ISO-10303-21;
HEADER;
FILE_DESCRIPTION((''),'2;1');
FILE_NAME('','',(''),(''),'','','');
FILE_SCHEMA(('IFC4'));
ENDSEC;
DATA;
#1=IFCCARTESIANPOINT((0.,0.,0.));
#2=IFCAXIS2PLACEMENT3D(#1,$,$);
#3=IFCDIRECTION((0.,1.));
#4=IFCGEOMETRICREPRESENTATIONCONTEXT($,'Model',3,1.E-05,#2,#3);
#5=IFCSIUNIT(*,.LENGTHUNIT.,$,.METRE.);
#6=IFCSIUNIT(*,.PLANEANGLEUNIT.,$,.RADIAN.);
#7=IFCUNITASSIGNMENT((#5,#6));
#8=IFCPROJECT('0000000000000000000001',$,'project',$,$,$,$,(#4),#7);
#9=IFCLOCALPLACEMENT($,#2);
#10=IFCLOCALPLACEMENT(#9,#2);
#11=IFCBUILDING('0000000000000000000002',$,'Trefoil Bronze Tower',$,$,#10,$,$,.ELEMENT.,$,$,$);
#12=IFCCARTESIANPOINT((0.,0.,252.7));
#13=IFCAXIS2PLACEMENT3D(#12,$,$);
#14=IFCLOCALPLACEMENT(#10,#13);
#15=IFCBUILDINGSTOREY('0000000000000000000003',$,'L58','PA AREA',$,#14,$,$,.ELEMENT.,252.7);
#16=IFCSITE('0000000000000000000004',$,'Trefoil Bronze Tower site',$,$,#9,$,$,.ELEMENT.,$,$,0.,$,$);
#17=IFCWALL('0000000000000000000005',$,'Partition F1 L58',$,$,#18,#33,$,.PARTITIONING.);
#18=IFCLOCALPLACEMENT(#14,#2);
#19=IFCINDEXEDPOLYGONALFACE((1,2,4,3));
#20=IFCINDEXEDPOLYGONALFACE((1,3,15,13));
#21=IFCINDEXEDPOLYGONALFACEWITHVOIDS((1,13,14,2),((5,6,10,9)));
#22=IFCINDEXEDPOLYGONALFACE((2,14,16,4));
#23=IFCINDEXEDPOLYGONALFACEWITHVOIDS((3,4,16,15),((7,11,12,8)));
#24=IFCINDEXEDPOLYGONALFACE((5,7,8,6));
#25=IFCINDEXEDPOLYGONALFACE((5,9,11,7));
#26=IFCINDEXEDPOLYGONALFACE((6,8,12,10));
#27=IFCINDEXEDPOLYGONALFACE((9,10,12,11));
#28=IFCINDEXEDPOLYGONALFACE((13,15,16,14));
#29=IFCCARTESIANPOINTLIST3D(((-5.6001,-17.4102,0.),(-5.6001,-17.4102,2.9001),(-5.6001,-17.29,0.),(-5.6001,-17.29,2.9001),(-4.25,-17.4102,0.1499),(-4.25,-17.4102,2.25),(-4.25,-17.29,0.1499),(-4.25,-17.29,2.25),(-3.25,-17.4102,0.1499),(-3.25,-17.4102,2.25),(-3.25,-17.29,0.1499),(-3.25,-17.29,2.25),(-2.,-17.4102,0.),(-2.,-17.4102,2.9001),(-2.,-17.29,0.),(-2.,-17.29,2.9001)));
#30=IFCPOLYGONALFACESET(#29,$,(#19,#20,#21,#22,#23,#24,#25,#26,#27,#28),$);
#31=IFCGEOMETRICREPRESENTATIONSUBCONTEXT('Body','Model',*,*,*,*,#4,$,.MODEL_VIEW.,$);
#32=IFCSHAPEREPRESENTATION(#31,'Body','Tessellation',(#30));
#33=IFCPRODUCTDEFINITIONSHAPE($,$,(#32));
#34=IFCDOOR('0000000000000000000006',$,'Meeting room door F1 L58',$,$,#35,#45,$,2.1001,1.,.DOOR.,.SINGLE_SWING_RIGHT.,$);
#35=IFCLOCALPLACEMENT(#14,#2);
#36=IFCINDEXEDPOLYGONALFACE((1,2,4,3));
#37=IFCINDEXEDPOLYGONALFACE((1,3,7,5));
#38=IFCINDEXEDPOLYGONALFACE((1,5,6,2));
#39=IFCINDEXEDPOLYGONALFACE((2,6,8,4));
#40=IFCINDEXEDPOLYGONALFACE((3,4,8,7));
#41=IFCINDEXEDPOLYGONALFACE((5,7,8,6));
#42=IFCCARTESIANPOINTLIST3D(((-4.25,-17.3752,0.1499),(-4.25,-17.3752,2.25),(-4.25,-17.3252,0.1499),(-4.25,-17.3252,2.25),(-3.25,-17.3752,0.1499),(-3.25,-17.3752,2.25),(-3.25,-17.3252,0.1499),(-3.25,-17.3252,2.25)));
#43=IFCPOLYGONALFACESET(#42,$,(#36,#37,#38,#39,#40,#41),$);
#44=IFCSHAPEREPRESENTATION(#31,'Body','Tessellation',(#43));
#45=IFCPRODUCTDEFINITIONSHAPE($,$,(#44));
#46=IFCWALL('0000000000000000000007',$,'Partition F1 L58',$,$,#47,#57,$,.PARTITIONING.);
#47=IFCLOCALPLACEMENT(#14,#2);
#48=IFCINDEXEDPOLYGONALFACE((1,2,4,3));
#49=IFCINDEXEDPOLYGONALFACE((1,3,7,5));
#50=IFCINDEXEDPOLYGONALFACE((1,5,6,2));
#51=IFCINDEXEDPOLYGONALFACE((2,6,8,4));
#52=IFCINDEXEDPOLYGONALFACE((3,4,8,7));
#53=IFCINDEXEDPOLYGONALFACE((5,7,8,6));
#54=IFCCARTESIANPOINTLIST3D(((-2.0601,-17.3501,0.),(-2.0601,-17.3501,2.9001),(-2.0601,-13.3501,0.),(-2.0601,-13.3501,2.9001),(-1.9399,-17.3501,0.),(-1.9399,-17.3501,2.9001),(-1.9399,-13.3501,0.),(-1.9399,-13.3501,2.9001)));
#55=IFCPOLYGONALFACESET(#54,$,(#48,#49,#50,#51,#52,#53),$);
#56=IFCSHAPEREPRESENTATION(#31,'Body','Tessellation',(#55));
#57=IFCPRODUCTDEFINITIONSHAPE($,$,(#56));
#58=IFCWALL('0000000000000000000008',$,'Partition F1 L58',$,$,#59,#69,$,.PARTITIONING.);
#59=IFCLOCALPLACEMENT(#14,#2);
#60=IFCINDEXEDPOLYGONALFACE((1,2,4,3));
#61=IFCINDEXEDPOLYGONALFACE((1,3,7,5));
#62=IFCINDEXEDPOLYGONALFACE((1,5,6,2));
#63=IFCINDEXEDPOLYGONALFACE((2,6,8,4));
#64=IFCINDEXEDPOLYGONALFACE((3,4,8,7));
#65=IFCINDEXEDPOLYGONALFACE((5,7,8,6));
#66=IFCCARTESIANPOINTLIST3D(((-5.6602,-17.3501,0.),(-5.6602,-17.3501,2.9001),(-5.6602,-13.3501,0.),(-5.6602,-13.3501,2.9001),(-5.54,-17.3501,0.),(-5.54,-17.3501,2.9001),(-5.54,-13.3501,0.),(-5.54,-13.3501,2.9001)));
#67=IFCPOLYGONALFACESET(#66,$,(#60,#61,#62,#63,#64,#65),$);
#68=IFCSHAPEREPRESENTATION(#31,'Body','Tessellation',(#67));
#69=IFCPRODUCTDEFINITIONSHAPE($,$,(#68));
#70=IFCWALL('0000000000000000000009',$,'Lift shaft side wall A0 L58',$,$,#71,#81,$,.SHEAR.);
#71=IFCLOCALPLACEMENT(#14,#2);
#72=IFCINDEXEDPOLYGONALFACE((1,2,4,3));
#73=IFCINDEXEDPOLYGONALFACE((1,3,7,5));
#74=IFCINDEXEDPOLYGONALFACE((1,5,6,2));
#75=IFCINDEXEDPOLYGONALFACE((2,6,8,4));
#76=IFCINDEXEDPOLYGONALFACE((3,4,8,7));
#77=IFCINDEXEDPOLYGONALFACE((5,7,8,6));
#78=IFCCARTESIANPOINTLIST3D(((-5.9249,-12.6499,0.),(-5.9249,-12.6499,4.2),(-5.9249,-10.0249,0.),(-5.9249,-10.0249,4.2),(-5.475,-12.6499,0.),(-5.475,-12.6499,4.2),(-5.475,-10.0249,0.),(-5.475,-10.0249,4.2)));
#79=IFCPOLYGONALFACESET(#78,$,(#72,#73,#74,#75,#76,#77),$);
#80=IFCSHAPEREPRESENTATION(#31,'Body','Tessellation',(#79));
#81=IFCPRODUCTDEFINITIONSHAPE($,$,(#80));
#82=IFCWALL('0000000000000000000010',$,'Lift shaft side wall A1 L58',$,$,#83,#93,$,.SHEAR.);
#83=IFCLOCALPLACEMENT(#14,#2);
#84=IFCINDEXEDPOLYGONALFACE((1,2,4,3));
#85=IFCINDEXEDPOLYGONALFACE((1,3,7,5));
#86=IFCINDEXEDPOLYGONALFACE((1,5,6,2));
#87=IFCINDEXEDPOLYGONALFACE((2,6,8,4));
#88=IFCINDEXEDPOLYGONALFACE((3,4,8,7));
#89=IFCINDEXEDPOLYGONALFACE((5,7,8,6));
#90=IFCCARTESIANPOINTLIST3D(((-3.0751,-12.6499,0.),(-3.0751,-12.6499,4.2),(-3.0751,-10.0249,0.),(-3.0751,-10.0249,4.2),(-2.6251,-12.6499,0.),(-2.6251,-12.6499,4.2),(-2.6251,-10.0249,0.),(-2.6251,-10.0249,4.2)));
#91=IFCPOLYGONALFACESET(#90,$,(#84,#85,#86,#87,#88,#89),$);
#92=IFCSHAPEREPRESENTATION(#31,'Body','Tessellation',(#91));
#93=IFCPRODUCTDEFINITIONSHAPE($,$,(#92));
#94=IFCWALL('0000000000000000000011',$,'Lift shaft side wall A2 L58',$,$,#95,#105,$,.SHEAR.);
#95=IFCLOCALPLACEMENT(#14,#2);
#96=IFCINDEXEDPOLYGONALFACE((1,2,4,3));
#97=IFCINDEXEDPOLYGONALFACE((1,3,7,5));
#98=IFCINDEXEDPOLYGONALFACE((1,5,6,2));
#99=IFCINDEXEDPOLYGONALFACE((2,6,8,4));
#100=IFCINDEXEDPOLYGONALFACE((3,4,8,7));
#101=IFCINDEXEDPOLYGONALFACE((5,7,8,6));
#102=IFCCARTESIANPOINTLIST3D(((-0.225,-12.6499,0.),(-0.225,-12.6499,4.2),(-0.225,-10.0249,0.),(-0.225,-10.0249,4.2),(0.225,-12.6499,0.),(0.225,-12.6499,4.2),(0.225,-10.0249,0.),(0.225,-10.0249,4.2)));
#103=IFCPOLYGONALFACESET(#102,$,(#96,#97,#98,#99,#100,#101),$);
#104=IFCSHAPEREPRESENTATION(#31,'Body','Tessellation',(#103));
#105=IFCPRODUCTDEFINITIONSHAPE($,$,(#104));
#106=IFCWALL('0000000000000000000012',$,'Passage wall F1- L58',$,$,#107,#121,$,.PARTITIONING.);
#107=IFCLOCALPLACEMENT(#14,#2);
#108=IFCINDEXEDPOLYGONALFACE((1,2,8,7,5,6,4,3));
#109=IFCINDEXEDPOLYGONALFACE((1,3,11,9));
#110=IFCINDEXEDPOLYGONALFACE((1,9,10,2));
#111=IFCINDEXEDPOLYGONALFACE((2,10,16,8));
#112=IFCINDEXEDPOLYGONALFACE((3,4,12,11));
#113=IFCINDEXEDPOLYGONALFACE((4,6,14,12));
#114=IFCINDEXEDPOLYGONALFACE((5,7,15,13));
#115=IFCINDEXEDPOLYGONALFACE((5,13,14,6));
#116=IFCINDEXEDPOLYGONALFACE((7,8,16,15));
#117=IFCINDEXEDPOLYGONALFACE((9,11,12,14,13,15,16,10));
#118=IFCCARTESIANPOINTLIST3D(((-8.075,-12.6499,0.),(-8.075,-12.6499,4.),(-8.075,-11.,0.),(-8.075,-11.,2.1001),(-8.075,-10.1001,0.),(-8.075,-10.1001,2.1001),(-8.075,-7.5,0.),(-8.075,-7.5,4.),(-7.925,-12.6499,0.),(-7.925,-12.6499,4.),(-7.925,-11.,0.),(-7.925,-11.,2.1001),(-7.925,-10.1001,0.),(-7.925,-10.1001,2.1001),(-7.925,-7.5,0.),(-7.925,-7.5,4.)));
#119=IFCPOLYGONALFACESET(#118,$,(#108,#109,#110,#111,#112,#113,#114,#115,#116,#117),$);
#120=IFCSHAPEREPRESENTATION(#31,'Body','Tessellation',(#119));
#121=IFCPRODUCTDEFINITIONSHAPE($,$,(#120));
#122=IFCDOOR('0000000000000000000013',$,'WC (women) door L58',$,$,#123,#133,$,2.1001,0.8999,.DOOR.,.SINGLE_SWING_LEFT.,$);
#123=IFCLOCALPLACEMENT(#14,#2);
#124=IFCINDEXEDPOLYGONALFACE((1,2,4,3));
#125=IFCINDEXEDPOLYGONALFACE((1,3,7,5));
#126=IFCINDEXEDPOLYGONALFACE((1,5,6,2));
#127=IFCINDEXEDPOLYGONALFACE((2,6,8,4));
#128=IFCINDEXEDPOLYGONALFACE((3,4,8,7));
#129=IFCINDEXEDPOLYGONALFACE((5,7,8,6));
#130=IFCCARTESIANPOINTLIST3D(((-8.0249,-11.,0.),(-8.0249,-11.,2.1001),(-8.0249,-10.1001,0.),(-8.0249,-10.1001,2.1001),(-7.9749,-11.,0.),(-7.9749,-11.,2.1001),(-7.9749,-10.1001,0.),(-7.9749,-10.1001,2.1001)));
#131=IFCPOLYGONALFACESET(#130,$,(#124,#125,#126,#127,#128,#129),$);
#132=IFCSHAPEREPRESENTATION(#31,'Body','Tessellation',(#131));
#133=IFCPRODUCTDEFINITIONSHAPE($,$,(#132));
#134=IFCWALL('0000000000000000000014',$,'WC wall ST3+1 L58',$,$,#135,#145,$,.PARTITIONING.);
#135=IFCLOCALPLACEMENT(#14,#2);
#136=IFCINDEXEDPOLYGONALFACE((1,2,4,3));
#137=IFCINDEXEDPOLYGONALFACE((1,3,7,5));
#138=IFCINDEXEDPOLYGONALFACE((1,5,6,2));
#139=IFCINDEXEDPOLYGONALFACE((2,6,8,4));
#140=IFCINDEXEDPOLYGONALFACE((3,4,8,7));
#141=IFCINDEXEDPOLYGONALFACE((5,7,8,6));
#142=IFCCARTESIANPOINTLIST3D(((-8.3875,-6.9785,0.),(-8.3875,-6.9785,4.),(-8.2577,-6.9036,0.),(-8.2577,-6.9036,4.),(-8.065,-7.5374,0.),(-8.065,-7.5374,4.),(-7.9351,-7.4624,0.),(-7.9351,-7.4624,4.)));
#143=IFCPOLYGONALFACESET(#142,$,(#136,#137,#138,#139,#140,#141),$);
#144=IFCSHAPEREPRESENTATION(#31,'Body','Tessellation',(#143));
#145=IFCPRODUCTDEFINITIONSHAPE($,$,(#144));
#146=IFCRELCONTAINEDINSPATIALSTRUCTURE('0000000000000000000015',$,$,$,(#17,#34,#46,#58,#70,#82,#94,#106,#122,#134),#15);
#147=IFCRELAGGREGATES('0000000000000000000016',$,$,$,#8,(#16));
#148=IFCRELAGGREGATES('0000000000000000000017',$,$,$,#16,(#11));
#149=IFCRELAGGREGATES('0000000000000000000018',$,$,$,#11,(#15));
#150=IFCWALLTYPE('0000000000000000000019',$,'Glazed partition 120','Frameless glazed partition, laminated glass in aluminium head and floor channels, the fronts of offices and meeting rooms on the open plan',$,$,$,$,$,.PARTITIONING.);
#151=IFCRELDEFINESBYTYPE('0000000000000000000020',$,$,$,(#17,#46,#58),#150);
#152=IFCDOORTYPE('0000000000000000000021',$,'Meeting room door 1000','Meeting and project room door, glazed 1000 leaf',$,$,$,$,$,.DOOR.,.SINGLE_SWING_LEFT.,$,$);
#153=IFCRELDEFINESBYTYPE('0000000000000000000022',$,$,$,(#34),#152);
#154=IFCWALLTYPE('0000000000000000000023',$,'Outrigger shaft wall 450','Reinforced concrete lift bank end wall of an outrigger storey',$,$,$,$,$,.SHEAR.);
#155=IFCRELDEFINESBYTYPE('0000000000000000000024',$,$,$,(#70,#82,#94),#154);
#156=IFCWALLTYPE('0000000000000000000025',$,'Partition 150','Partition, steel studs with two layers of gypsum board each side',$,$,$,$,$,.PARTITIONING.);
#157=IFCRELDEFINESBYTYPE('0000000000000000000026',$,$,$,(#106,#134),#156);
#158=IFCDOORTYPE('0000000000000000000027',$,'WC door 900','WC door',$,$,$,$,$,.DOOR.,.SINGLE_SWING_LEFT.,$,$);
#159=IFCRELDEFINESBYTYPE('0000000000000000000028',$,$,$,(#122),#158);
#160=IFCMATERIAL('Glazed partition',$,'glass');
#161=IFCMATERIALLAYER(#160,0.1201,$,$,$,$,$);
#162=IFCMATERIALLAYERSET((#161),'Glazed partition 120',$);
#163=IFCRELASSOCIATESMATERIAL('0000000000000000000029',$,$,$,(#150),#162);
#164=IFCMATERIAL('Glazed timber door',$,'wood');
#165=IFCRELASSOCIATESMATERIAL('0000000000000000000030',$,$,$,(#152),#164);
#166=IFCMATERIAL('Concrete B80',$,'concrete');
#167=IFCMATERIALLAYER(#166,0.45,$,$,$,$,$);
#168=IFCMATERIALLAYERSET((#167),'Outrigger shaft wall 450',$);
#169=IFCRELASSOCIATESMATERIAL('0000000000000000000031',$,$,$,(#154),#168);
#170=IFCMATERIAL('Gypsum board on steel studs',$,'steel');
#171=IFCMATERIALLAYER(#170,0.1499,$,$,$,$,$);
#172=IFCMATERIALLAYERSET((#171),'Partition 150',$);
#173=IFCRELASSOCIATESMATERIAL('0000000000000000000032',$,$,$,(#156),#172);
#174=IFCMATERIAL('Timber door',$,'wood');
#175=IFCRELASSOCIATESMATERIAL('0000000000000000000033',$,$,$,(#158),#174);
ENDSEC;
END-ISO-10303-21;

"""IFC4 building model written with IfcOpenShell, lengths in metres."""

from ifc_helpers import new_model, si_unit, direction, frame, frame_2d, origin, place, context, subcontext, project, spatial, rectangle, extrude, material, layer, layer_set, type_object, element, fill, save


model = new_model("IFC4")

# Units and contexts
model_context = context("Model", 3, precision=1e-05, world=origin(), true_north=direction((0.0, 1.0)))
body_context = subcontext(model_context, "Body", "Model", "MODEL_VIEW")
ifc_project = project(units=[si_unit("LENGTHUNIT", "METRE"), si_unit("PLANEANGLEUNIT", "RADIAN")], contexts=[model_context])

# Site, building, storey
site_placement = place(None, origin())
site = spatial("IfcSite", under=ifc_project, at=site_placement, Name="Trefoil Bronze Tower site", CompositionType="ELEMENT", RefElevation=0.0)
building_placement = place(site_placement, origin())
building = spatial("IfcBuilding", under=site, at=building_placement, Name="Trefoil Bronze Tower", CompositionType="ELEMENT")
storey_placement = place(building_placement, frame((0.0, 0.0, 252.7)))
storey = spatial("IfcBuildingStorey", under=building, at=storey_placement, Name="L58", Description="PA AREA", CompositionType="ELEMENT", Elevation=252.7)

# Wall, opening, door
ifc_material_1 = material(Name="Glazed partition", Category="glass")
ifc_layer_1 = layer(ifc_material_1, 0.1201)
ifc_layer_set_1 = layer_set([ifc_layer_1], Name="Glazed partition 120")
wall_type_1 = type_object("IfcWallType", Name="Glazed partition 120", Description="Frameless glazed partition, laminated glass in aluminium head and floor channels, the fronts of offices and meeting rooms on the open plan", PredefinedType="PARTITIONING", material=ifc_layer_set_1)
wall_1_placement = place(storey_placement, frame((-5.6001, -17.3501, 0.0), z_axis=(0.0, 0.0, 1.0), x_axis=(1.0, 0.0, 0.0)))
wall_1 = element("IfcWall", 1, at=wall_1_placement, inside=storey, type_object=wall_type_1, Name="Partition F1 L58", PredefinedType="PARTITIONING", context=body_context, shape_type="SweptSolid", body=[
    extrude(rectangle(XDim=3.6001, YDim=0.1201, at=frame_2d((1.8, 0.0))), origin(), (0.0, 0.0, 1.0), 2.9001),
])
opening_1_placement = place(wall_1_placement, frame((1.3501, 0.0, 0.1499)))
opening_1 = element("IfcOpeningElement", 2, at=opening_1_placement, cuts=wall_1, PredefinedType="OPENING", context=body_context, shape_type="SweptSolid", body=[
    extrude(rectangle(XDim=1.0, YDim=2.1001, at=frame_2d((0.5, 1.05))), frame((0.0, 0.0701, 0.0), z_axis=(0.0, -1.0, 0.0), x_axis=(1.0, 0.0, 0.0)), (0.0, 0.0, 1.0), 0.1401),
])
ifc_material_2 = material(Name="Glazed timber door", Category="wood")
door_type_1 = type_object("IfcDoorType", Name="Meeting room door 1000", Description="Meeting and project room door, glazed 1000 leaf", OperationType="SINGLE_SWING_LEFT", PredefinedType="DOOR", material=ifc_material_2)
door_1_placement = place(opening_1_placement, origin())
door_1 = element("IfcDoor", 3, at=door_1_placement, inside=storey, type_object=door_type_1, Name="Meeting room door F1 L58", OperationType="SINGLE_SWING_RIGHT", OverallHeight=2.1001, OverallWidth=1.0, PredefinedType="DOOR", context=body_context, shape_type="SweptSolid", body=[
    extrude(rectangle(XDim=1.0, YDim=2.1001, at=frame_2d((0.5, 1.05))), frame((0.0, 0.0249, 0.0), z_axis=(0.0, -1.0, 0.0), x_axis=(1.0, 0.0, 0.0)), (0.0, 0.0, 1.0), 0.05),
])
fill(opening_1, door_1)

# Walls
for number, where, z_axis, x_axis, name in (
    (4, (-2.0, -13.3501, 0.0), (0.0, 0.0, 1.0), (0.0, -1.0, 0.0), "Partition F1 L58"),
    (5, (-5.6001, -13.3501, 0.0), (0.0, 0.0, 1.0), (0.0, -1.0, 0.0), "Partition F1 L58"),
):
    element("IfcWall", number, at=place(storey_placement, frame(where, z_axis=z_axis, x_axis=x_axis)), inside=storey, type_object=wall_type_1, Name=name, PredefinedType="PARTITIONING", context=body_context, shape_type="SweptSolid", body=[
        extrude(rectangle(XDim=4.0, YDim=0.1201, at=frame_2d((2.0, 0.0))), origin(), (0.0, 0.0, 1.0), 2.9001),
    ])
ifc_material_3 = material(Name="Concrete B80", Category="concrete")
ifc_layer_2 = layer(ifc_material_3, 0.45)
ifc_layer_set_2 = layer_set([ifc_layer_2], Name="Outrigger shaft wall 450")
wall_type_2 = type_object("IfcWallType", Name="Outrigger shaft wall 450", Description="Reinforced concrete lift bank end wall of an outrigger storey", PredefinedType="SHEAR", material=ifc_layer_set_2)
for number, where, z_axis, x_axis, name in (
    (6, (-5.7, -10.0249, 0.0), (0.0, 0.0, 1.0), (0.0, -1.0, 0.0), "Lift shaft side wall A0 L58"),
    (7, (-2.8501, -10.0249, 0.0), (0.0, 0.0, 1.0), (0.0, -1.0, 0.0), "Lift shaft side wall A1 L58"),
    (8, (0.0, -10.0249, 0.0), (0.0, 0.0, 1.0), (0.0, -1.0, 0.0), "Lift shaft side wall A2 L58"),
):
    element("IfcWall", number, at=place(storey_placement, frame(where, z_axis=z_axis, x_axis=x_axis)), inside=storey, type_object=wall_type_2, Name=name, PredefinedType="SHEAR", context=body_context, shape_type="SweptSolid", body=[
        extrude(rectangle(XDim=2.625, YDim=0.45, at=frame_2d((1.3125, 0.0))), origin(), (0.0, 0.0, 1.0), 4.2),
    ])

# Wall, opening, door
ifc_material_4 = material(Name="Gypsum board on steel studs", Category="steel")
ifc_layer_3 = layer(ifc_material_4, 0.1499)
ifc_layer_set_3 = layer_set([ifc_layer_3], Name="Partition 150")
wall_type_3 = type_object("IfcWallType", Name="Partition 150", Description="Partition, steel studs with two layers of gypsum board each side", PredefinedType="PARTITIONING", material=ifc_layer_set_3)
wall_2_placement = place(storey_placement, frame((-8.0, -7.5, 0.0), z_axis=(0.0, 0.0, 1.0), x_axis=(0.0, -1.0, 0.0)))
wall_2 = element("IfcWall", 9, at=wall_2_placement, inside=storey, type_object=wall_type_3, Name="Passage wall F1- L58", PredefinedType="PARTITIONING", context=body_context, shape_type="SweptSolid", body=[
    extrude(rectangle(XDim=5.1499, YDim=0.1499, at=frame_2d((2.575, 0.0))), origin(), (0.0, 0.0, 1.0), 4.0),
])
opening_2_placement = place(wall_2_placement, frame((2.6001, 0.0, 0.0)))
opening_2 = element("IfcOpeningElement", 10, at=opening_2_placement, cuts=wall_2, PredefinedType="OPENING", context=body_context, shape_type="SweptSolid", body=[
    extrude(rectangle(XDim=0.8999, YDim=2.1001, at=frame_2d((0.45, 1.05))), frame((0.0, 0.085, 0.0), z_axis=(0.0, -1.0, 0.0), x_axis=(1.0, 0.0, 0.0)), (0.0, 0.0, 1.0), 0.1699),
])
ifc_material_5 = material(Name="Timber door", Category="wood")
door_type_2 = type_object("IfcDoorType", Name="WC door 900", Description="WC door", OperationType="SINGLE_SWING_LEFT", PredefinedType="DOOR", material=ifc_material_5)
door_2_placement = place(opening_2_placement, frame((0.8999, 0.0, 0.0), z_axis=(0.0, 0.0, 1.0), x_axis=(-1.0, 0.0, 0.0)))
door_2 = element("IfcDoor", 11, at=door_2_placement, inside=storey, type_object=door_type_2, Name="WC (women) door L58", OperationType="SINGLE_SWING_LEFT", OverallHeight=2.1001, OverallWidth=0.8999, PredefinedType="DOOR", context=body_context, shape_type="SweptSolid", body=[
    extrude(rectangle(XDim=0.8999, YDim=2.1001, at=frame_2d((0.45, 1.05))), frame((0.0, 0.0249, 0.0), z_axis=(0.0, -1.0, 0.0), x_axis=(1.0, 0.0, 0.0)), (0.0, 0.0, 1.0), 0.05),
])
fill(opening_2, door_2)

# Wall
wall_3_placement = place(storey_placement, frame((-8.0, -7.5, 0.0), z_axis=(0.0, 0.0, 1.0), x_axis=(-0.499843, 0.866116, 0.0)))
element("IfcWall", 12, at=wall_3_placement, inside=storey, type_object=wall_type_3, Name="WC wall ST3+1 L58", PredefinedType="PARTITIONING", context=body_context, shape_type="SweptSolid", body=[
    extrude(rectangle(XDim=0.6453, YDim=0.1499, at=frame_2d((0.3228, 0.0))), origin(), (0.0, 0.0, 1.0), 4.0),
])

save(model, "model.ifc")
